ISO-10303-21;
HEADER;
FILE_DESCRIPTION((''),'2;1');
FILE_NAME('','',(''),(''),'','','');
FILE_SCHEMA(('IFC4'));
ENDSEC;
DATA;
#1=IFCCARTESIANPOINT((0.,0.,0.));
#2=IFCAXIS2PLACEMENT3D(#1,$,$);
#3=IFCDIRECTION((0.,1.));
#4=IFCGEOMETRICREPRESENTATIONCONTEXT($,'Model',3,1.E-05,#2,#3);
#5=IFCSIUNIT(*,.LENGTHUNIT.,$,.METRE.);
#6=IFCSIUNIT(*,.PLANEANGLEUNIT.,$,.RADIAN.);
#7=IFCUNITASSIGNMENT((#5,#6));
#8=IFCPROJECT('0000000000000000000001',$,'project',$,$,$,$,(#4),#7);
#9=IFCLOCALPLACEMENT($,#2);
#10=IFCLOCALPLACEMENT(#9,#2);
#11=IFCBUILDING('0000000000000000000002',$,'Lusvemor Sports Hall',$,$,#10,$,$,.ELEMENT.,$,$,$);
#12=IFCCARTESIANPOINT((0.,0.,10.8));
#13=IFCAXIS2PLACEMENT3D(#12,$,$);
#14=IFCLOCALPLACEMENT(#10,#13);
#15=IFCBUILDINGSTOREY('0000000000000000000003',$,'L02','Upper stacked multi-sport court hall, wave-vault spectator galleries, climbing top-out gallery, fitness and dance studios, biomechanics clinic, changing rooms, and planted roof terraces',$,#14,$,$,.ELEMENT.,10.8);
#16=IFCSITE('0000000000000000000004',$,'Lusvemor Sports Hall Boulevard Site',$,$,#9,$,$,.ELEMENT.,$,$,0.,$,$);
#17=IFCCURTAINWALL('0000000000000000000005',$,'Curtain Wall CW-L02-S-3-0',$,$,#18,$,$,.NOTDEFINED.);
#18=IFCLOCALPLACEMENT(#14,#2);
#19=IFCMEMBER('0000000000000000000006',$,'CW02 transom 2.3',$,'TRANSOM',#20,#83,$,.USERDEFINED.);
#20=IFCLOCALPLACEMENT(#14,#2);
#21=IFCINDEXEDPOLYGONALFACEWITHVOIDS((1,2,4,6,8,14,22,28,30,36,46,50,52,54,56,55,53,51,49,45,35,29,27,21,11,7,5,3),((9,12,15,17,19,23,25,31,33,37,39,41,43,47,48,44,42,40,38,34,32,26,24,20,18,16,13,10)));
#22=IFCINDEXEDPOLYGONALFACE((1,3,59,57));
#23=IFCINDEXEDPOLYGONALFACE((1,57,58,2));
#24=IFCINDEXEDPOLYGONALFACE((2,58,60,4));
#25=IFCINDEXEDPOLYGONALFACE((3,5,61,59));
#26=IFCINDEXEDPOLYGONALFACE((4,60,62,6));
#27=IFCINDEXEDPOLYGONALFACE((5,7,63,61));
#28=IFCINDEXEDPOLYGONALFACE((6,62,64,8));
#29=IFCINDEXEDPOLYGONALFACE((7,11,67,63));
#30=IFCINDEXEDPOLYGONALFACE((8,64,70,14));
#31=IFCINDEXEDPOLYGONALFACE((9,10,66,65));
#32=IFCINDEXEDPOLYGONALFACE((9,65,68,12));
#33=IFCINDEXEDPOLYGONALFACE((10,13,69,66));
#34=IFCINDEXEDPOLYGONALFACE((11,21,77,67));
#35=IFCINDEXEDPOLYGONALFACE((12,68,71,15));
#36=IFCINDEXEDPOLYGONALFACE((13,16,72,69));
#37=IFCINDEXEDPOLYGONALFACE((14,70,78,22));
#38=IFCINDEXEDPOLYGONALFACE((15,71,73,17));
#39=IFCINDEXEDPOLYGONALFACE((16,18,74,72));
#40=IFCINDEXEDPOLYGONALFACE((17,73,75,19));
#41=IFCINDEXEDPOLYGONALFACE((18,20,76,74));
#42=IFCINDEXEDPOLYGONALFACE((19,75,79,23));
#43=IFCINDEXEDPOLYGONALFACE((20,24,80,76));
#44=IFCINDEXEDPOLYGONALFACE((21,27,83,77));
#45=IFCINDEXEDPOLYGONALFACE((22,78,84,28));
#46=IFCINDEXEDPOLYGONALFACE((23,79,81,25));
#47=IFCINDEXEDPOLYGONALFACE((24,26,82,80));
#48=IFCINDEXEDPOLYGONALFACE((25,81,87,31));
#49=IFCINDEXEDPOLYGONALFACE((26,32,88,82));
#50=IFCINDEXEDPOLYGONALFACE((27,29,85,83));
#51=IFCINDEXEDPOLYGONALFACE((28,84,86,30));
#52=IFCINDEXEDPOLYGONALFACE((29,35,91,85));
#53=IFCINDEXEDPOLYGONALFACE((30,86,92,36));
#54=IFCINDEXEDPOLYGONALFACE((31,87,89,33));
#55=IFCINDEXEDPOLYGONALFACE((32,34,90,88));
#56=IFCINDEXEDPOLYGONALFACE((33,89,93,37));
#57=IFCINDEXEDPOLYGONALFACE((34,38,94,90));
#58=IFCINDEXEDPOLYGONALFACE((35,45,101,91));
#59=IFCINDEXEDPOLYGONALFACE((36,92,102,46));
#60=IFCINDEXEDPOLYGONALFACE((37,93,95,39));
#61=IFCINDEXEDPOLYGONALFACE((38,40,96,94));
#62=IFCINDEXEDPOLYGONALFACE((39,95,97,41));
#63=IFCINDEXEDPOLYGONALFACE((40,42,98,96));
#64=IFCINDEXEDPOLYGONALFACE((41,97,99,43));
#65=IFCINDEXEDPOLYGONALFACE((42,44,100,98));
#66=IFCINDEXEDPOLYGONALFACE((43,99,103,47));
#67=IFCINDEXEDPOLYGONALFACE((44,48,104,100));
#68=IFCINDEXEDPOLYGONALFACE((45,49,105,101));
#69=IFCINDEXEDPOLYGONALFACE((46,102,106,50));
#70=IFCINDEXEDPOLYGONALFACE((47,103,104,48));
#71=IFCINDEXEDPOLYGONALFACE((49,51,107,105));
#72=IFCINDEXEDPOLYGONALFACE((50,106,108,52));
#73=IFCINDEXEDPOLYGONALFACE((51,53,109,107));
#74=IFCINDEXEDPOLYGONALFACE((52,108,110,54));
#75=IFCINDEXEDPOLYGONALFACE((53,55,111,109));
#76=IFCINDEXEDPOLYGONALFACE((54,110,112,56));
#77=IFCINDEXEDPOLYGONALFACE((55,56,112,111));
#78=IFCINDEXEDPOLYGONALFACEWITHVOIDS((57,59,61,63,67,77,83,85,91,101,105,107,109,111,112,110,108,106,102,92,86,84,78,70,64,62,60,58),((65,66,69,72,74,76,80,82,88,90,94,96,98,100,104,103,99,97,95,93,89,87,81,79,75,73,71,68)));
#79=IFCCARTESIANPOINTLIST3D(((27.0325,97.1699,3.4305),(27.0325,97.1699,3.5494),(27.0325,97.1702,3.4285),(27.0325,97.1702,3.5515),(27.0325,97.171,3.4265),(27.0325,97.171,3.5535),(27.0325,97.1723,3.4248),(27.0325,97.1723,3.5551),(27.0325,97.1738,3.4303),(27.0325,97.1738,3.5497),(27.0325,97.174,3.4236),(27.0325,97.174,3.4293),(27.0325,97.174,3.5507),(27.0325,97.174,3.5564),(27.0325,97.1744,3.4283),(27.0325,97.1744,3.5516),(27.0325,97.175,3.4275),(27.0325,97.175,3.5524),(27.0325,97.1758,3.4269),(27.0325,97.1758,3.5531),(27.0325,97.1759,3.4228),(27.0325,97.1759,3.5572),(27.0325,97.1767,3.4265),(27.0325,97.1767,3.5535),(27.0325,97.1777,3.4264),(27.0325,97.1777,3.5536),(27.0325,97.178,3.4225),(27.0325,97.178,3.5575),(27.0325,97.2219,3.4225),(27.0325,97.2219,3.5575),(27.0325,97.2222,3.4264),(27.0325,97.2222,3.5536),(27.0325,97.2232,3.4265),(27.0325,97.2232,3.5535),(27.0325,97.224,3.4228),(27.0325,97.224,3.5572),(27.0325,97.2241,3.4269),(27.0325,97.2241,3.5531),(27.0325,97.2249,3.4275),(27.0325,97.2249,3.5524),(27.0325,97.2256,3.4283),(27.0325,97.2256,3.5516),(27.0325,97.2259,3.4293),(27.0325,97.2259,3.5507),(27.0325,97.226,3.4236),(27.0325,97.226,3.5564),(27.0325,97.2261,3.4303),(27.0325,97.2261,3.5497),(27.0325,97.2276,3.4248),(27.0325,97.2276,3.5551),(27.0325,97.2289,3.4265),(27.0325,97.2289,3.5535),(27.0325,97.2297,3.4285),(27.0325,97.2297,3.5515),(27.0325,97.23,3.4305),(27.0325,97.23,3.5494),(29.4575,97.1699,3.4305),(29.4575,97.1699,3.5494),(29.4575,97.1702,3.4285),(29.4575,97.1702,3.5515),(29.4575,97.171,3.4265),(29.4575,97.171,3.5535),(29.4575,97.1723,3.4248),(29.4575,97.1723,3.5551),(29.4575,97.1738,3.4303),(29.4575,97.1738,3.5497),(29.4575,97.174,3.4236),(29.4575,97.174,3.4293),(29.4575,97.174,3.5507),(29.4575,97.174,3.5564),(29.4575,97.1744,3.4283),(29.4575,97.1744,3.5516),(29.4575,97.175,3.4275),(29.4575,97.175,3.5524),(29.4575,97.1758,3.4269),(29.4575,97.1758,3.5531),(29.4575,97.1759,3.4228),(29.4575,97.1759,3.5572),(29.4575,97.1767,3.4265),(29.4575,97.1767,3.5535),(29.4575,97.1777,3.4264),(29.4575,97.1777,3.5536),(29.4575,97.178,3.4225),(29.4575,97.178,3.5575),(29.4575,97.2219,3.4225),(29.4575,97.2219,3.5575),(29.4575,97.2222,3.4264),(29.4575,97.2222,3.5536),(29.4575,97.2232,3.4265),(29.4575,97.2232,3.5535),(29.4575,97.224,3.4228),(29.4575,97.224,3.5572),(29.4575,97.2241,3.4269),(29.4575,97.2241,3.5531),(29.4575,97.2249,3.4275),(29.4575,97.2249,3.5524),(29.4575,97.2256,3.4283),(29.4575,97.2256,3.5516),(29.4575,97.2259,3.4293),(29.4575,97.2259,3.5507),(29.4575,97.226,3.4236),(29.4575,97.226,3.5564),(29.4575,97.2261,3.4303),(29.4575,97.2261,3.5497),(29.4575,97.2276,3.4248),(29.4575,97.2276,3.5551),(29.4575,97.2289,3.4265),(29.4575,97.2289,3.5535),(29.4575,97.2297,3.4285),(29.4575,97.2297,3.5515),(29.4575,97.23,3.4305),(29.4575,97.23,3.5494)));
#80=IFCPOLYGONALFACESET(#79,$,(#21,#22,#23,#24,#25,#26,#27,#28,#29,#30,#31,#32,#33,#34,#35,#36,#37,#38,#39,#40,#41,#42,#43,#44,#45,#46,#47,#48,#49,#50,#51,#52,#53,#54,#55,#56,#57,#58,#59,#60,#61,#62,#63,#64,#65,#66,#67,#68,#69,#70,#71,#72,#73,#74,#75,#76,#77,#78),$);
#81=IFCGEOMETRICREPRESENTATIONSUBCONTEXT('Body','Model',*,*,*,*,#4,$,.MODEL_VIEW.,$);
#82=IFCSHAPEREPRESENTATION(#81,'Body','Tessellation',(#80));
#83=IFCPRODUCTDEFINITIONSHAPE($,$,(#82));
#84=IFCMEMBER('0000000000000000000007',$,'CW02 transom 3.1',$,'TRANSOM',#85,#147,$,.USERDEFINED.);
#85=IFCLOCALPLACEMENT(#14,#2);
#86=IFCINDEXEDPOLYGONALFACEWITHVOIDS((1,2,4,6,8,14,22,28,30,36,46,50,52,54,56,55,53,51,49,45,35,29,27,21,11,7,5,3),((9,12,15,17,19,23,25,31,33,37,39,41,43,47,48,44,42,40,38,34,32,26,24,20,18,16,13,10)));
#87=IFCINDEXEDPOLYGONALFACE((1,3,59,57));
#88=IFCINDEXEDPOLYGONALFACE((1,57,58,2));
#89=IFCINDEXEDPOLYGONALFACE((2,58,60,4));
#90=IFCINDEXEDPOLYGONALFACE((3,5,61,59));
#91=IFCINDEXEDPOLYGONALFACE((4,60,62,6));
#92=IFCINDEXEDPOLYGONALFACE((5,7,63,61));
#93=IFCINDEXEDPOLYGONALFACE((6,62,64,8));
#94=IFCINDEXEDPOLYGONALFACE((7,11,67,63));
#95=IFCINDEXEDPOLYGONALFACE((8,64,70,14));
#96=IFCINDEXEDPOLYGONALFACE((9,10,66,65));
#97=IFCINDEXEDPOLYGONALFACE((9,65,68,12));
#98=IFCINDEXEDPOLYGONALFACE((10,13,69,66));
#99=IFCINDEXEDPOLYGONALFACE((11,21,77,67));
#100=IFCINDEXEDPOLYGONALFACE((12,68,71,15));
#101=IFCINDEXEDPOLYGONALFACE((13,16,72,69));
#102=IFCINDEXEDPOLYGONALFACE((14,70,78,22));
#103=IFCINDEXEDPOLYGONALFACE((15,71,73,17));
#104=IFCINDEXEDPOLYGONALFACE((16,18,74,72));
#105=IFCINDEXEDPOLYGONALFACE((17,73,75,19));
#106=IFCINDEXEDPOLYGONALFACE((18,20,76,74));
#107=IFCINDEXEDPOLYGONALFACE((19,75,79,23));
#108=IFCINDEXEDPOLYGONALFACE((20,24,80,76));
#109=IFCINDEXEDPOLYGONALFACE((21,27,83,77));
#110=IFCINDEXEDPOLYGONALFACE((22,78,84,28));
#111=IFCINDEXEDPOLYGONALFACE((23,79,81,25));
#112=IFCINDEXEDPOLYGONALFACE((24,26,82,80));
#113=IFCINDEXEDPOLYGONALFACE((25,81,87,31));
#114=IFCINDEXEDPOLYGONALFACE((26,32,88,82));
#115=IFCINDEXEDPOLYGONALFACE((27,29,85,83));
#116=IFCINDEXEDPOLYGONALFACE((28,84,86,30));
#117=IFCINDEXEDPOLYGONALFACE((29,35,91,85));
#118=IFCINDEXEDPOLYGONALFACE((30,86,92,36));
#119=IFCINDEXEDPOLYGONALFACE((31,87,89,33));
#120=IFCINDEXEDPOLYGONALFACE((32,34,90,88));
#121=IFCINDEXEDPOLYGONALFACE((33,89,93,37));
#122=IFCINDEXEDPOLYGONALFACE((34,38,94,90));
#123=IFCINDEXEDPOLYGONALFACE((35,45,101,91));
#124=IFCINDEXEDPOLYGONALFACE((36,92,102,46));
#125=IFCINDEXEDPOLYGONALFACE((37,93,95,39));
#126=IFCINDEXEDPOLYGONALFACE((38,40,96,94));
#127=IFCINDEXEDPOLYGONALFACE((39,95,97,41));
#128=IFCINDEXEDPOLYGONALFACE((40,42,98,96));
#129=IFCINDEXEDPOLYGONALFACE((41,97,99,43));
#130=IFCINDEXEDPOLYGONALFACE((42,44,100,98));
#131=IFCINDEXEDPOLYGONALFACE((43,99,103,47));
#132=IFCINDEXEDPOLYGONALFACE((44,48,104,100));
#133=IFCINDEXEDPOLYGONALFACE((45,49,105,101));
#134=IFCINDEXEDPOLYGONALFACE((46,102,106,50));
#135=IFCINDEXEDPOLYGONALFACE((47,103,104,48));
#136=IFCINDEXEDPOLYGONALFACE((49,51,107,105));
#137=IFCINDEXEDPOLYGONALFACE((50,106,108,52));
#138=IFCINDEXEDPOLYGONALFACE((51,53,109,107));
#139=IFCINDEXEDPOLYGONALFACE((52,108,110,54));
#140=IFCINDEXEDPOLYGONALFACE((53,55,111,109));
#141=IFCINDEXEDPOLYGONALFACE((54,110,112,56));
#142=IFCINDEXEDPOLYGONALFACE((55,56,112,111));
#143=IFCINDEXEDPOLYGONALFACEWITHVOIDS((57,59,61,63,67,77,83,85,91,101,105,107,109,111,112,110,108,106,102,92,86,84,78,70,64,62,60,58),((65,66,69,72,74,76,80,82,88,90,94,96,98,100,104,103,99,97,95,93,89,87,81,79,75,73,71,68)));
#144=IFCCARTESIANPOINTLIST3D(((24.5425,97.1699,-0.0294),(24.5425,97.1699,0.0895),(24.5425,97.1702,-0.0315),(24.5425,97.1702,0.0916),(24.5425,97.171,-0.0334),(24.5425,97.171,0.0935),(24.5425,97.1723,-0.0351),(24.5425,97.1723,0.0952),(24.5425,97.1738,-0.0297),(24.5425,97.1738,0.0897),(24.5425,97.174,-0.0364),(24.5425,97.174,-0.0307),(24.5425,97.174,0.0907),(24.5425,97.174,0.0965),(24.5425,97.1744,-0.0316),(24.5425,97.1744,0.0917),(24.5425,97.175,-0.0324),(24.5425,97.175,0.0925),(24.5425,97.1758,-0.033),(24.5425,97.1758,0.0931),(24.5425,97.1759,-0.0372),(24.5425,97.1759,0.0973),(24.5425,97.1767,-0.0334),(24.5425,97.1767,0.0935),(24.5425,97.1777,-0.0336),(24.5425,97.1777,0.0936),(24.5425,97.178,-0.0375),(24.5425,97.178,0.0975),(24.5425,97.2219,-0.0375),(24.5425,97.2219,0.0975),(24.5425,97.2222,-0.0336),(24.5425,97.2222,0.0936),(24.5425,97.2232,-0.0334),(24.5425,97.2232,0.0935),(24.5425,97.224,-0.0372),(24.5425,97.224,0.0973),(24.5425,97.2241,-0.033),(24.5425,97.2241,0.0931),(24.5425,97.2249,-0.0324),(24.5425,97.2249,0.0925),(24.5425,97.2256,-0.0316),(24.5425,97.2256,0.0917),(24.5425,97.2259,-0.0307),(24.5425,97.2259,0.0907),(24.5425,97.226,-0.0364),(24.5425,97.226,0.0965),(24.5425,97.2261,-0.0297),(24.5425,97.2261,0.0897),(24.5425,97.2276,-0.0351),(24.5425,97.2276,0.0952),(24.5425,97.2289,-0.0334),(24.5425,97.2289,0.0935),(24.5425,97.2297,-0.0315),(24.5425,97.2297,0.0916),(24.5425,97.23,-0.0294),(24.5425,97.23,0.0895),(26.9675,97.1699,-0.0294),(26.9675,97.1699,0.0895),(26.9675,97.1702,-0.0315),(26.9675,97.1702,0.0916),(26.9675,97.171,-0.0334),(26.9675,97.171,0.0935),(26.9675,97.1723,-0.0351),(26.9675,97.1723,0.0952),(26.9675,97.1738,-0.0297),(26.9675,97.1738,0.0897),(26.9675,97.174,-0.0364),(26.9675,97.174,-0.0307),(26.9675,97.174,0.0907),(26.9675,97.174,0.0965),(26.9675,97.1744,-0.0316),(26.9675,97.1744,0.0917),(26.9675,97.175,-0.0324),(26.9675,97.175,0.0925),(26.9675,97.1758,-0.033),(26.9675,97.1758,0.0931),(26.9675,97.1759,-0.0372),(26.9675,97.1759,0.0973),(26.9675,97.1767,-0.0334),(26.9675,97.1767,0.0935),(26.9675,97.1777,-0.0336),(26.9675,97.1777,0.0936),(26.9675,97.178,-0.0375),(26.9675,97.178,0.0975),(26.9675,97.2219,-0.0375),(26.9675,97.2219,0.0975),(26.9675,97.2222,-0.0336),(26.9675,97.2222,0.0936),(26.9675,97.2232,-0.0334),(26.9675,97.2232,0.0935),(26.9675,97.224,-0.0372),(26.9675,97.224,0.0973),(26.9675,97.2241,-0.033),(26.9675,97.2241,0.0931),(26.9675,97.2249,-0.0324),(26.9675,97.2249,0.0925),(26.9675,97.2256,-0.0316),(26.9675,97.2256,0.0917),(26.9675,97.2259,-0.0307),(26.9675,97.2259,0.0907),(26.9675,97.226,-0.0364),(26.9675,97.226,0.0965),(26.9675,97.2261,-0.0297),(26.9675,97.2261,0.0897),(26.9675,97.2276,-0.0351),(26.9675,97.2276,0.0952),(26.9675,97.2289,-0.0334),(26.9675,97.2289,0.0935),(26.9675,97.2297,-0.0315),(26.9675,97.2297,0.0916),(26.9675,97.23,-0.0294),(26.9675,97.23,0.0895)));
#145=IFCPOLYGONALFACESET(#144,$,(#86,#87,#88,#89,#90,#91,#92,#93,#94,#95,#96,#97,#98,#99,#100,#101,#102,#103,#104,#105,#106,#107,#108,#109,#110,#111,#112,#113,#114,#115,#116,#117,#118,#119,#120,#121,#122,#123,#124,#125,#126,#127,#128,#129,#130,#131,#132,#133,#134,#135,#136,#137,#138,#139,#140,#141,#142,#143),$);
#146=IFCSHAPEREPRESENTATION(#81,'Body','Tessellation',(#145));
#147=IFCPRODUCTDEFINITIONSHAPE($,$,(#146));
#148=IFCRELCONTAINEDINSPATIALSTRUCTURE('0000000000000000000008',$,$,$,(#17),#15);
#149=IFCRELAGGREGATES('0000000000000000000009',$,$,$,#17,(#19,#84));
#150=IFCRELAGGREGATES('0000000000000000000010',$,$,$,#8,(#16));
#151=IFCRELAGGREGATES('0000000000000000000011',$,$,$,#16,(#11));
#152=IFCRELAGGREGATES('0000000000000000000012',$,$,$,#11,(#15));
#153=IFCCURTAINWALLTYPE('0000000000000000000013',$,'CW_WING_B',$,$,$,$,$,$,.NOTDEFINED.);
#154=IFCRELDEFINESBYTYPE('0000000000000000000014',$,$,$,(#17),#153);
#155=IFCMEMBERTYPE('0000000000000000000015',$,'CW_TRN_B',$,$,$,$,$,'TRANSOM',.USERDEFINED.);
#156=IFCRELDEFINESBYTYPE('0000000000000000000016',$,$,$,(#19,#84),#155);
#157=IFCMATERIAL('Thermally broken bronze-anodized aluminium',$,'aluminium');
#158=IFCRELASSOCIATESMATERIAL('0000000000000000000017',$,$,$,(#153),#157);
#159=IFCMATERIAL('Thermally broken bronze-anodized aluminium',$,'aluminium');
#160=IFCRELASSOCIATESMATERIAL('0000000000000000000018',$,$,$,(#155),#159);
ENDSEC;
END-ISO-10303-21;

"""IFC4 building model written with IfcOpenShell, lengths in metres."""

from ifc_helpers import new_model, si_unit, direction, frame, origin, origin_2d, place, context, subcontext, project, spatial, hollow_rectangle, extrude, material, material_profile, profile_set, type_object, element, aggregate, save


model = new_model("IFC4")

# Units and contexts
model_context = context("Model", 3, precision=1e-05, world=origin(), true_north=direction((0.0, 1.0)))
body_context = subcontext(model_context, "Body", "Model", "MODEL_VIEW")
ifc_project = project(units=[si_unit("LENGTHUNIT", "METRE"), si_unit("PLANEANGLEUNIT", "RADIAN")], contexts=[model_context])

# Site, building, storey
site_placement = place(None, origin())
site = spatial("IfcSite", under=ifc_project, at=site_placement, Name="Lusvemor Sports Hall Boulevard Site", CompositionType="ELEMENT", RefElevation=0.0)
building_placement = place(site_placement, origin())
building = spatial("IfcBuilding", under=site, at=building_placement, Name="Lusvemor Sports Hall", CompositionType="ELEMENT")
storey_placement = place(building_placement, frame((0.0, 0.0, 10.8)))
storey = spatial("IfcBuildingStorey", under=building, at=storey_placement, Name="L02", Description="Upper stacked multi-sport court hall, wave-vault spectator galleries, climbing top-out gallery, fitness and dance studios, biomechanics clinic, changing rooms, and planted roof terraces", CompositionType="ELEMENT", Elevation=10.8)

# Curtain wall, members
ifc_material_1 = material(Name="Thermally broken bronze-anodized aluminium", Category="aluminium")
curtain_wall_type = type_object("IfcCurtainWallType", Name="CW_WING_B", PredefinedType="NOTDEFINED", material=ifc_material_1)
curtain_wall_placement = place(storey_placement, origin())
curtain_wall = element("IfcCurtainWall", 1, at=curtain_wall_placement, inside=storey, type_object=curtain_wall_type, Name="Curtain Wall CW-L02-S-3-0", PredefinedType="NOTDEFINED")
ifc_material_2 = material(Name="Thermally broken bronze-anodized aluminium", Category="aluminium")
ifc_material_profile_1 = material_profile(ifc_material_2, hollow_rectangle(XDim=0.0601, YDim=0.135, WallThickness=0.0039, InnerFilletRadius=0.0039, OuterFilletRadius=0.0081, at=origin_2d()), Name="CWTRN135x60x4")
ifc_profile_set_1 = profile_set([ifc_material_profile_1], Name="Thermally broken bronze-anodized aluminium")
member_type_1 = type_object("IfcMemberType", Name="CW_TRN_B", ElementType="TRANSOM", PredefinedType="USERDEFINED", material=ifc_profile_set_1)
member_1_placement = place(storey_placement, frame((29.4575, 97.2, 3.49), z_axis=(-1.0, 0.0, 0.0), x_axis=(0.0, -1.0, 0.0)))
member_1 = element("IfcMember", 2, at=member_1_placement, type_object=member_type_1, Name="CW02 transom 2.3", ObjectType="TRANSOM", PredefinedType="USERDEFINED", context=body_context, shape_type="SweptSolid", body=[
    extrude(hollow_rectangle(XDim=0.0601, YDim=0.135, WallThickness=0.0039, InnerFilletRadius=0.0039, OuterFilletRadius=0.0081, at=origin_2d()), origin(), (0.0, 0.0, 1.0), 2.425),
])
member_2_placement = place(storey_placement, frame((26.9675, 97.2, 0.03), z_axis=(-1.0, 0.0, 0.0), x_axis=(0.0, -1.0, 0.0)))
member_2 = element("IfcMember", 3, at=member_2_placement, type_object=member_type_1, Name="CW02 transom 3.1", ObjectType="TRANSOM", PredefinedType="USERDEFINED", context=body_context, shape_type="SweptSolid", body=[
    extrude(hollow_rectangle(XDim=0.0601, YDim=0.135, WallThickness=0.0039, InnerFilletRadius=0.0039, OuterFilletRadius=0.0081, at=origin_2d()), origin(), (0.0, 0.0, 1.0), 2.425),
])

aggregate(curtain_wall, [member_1, member_2])

save(model, "model.ifc")
